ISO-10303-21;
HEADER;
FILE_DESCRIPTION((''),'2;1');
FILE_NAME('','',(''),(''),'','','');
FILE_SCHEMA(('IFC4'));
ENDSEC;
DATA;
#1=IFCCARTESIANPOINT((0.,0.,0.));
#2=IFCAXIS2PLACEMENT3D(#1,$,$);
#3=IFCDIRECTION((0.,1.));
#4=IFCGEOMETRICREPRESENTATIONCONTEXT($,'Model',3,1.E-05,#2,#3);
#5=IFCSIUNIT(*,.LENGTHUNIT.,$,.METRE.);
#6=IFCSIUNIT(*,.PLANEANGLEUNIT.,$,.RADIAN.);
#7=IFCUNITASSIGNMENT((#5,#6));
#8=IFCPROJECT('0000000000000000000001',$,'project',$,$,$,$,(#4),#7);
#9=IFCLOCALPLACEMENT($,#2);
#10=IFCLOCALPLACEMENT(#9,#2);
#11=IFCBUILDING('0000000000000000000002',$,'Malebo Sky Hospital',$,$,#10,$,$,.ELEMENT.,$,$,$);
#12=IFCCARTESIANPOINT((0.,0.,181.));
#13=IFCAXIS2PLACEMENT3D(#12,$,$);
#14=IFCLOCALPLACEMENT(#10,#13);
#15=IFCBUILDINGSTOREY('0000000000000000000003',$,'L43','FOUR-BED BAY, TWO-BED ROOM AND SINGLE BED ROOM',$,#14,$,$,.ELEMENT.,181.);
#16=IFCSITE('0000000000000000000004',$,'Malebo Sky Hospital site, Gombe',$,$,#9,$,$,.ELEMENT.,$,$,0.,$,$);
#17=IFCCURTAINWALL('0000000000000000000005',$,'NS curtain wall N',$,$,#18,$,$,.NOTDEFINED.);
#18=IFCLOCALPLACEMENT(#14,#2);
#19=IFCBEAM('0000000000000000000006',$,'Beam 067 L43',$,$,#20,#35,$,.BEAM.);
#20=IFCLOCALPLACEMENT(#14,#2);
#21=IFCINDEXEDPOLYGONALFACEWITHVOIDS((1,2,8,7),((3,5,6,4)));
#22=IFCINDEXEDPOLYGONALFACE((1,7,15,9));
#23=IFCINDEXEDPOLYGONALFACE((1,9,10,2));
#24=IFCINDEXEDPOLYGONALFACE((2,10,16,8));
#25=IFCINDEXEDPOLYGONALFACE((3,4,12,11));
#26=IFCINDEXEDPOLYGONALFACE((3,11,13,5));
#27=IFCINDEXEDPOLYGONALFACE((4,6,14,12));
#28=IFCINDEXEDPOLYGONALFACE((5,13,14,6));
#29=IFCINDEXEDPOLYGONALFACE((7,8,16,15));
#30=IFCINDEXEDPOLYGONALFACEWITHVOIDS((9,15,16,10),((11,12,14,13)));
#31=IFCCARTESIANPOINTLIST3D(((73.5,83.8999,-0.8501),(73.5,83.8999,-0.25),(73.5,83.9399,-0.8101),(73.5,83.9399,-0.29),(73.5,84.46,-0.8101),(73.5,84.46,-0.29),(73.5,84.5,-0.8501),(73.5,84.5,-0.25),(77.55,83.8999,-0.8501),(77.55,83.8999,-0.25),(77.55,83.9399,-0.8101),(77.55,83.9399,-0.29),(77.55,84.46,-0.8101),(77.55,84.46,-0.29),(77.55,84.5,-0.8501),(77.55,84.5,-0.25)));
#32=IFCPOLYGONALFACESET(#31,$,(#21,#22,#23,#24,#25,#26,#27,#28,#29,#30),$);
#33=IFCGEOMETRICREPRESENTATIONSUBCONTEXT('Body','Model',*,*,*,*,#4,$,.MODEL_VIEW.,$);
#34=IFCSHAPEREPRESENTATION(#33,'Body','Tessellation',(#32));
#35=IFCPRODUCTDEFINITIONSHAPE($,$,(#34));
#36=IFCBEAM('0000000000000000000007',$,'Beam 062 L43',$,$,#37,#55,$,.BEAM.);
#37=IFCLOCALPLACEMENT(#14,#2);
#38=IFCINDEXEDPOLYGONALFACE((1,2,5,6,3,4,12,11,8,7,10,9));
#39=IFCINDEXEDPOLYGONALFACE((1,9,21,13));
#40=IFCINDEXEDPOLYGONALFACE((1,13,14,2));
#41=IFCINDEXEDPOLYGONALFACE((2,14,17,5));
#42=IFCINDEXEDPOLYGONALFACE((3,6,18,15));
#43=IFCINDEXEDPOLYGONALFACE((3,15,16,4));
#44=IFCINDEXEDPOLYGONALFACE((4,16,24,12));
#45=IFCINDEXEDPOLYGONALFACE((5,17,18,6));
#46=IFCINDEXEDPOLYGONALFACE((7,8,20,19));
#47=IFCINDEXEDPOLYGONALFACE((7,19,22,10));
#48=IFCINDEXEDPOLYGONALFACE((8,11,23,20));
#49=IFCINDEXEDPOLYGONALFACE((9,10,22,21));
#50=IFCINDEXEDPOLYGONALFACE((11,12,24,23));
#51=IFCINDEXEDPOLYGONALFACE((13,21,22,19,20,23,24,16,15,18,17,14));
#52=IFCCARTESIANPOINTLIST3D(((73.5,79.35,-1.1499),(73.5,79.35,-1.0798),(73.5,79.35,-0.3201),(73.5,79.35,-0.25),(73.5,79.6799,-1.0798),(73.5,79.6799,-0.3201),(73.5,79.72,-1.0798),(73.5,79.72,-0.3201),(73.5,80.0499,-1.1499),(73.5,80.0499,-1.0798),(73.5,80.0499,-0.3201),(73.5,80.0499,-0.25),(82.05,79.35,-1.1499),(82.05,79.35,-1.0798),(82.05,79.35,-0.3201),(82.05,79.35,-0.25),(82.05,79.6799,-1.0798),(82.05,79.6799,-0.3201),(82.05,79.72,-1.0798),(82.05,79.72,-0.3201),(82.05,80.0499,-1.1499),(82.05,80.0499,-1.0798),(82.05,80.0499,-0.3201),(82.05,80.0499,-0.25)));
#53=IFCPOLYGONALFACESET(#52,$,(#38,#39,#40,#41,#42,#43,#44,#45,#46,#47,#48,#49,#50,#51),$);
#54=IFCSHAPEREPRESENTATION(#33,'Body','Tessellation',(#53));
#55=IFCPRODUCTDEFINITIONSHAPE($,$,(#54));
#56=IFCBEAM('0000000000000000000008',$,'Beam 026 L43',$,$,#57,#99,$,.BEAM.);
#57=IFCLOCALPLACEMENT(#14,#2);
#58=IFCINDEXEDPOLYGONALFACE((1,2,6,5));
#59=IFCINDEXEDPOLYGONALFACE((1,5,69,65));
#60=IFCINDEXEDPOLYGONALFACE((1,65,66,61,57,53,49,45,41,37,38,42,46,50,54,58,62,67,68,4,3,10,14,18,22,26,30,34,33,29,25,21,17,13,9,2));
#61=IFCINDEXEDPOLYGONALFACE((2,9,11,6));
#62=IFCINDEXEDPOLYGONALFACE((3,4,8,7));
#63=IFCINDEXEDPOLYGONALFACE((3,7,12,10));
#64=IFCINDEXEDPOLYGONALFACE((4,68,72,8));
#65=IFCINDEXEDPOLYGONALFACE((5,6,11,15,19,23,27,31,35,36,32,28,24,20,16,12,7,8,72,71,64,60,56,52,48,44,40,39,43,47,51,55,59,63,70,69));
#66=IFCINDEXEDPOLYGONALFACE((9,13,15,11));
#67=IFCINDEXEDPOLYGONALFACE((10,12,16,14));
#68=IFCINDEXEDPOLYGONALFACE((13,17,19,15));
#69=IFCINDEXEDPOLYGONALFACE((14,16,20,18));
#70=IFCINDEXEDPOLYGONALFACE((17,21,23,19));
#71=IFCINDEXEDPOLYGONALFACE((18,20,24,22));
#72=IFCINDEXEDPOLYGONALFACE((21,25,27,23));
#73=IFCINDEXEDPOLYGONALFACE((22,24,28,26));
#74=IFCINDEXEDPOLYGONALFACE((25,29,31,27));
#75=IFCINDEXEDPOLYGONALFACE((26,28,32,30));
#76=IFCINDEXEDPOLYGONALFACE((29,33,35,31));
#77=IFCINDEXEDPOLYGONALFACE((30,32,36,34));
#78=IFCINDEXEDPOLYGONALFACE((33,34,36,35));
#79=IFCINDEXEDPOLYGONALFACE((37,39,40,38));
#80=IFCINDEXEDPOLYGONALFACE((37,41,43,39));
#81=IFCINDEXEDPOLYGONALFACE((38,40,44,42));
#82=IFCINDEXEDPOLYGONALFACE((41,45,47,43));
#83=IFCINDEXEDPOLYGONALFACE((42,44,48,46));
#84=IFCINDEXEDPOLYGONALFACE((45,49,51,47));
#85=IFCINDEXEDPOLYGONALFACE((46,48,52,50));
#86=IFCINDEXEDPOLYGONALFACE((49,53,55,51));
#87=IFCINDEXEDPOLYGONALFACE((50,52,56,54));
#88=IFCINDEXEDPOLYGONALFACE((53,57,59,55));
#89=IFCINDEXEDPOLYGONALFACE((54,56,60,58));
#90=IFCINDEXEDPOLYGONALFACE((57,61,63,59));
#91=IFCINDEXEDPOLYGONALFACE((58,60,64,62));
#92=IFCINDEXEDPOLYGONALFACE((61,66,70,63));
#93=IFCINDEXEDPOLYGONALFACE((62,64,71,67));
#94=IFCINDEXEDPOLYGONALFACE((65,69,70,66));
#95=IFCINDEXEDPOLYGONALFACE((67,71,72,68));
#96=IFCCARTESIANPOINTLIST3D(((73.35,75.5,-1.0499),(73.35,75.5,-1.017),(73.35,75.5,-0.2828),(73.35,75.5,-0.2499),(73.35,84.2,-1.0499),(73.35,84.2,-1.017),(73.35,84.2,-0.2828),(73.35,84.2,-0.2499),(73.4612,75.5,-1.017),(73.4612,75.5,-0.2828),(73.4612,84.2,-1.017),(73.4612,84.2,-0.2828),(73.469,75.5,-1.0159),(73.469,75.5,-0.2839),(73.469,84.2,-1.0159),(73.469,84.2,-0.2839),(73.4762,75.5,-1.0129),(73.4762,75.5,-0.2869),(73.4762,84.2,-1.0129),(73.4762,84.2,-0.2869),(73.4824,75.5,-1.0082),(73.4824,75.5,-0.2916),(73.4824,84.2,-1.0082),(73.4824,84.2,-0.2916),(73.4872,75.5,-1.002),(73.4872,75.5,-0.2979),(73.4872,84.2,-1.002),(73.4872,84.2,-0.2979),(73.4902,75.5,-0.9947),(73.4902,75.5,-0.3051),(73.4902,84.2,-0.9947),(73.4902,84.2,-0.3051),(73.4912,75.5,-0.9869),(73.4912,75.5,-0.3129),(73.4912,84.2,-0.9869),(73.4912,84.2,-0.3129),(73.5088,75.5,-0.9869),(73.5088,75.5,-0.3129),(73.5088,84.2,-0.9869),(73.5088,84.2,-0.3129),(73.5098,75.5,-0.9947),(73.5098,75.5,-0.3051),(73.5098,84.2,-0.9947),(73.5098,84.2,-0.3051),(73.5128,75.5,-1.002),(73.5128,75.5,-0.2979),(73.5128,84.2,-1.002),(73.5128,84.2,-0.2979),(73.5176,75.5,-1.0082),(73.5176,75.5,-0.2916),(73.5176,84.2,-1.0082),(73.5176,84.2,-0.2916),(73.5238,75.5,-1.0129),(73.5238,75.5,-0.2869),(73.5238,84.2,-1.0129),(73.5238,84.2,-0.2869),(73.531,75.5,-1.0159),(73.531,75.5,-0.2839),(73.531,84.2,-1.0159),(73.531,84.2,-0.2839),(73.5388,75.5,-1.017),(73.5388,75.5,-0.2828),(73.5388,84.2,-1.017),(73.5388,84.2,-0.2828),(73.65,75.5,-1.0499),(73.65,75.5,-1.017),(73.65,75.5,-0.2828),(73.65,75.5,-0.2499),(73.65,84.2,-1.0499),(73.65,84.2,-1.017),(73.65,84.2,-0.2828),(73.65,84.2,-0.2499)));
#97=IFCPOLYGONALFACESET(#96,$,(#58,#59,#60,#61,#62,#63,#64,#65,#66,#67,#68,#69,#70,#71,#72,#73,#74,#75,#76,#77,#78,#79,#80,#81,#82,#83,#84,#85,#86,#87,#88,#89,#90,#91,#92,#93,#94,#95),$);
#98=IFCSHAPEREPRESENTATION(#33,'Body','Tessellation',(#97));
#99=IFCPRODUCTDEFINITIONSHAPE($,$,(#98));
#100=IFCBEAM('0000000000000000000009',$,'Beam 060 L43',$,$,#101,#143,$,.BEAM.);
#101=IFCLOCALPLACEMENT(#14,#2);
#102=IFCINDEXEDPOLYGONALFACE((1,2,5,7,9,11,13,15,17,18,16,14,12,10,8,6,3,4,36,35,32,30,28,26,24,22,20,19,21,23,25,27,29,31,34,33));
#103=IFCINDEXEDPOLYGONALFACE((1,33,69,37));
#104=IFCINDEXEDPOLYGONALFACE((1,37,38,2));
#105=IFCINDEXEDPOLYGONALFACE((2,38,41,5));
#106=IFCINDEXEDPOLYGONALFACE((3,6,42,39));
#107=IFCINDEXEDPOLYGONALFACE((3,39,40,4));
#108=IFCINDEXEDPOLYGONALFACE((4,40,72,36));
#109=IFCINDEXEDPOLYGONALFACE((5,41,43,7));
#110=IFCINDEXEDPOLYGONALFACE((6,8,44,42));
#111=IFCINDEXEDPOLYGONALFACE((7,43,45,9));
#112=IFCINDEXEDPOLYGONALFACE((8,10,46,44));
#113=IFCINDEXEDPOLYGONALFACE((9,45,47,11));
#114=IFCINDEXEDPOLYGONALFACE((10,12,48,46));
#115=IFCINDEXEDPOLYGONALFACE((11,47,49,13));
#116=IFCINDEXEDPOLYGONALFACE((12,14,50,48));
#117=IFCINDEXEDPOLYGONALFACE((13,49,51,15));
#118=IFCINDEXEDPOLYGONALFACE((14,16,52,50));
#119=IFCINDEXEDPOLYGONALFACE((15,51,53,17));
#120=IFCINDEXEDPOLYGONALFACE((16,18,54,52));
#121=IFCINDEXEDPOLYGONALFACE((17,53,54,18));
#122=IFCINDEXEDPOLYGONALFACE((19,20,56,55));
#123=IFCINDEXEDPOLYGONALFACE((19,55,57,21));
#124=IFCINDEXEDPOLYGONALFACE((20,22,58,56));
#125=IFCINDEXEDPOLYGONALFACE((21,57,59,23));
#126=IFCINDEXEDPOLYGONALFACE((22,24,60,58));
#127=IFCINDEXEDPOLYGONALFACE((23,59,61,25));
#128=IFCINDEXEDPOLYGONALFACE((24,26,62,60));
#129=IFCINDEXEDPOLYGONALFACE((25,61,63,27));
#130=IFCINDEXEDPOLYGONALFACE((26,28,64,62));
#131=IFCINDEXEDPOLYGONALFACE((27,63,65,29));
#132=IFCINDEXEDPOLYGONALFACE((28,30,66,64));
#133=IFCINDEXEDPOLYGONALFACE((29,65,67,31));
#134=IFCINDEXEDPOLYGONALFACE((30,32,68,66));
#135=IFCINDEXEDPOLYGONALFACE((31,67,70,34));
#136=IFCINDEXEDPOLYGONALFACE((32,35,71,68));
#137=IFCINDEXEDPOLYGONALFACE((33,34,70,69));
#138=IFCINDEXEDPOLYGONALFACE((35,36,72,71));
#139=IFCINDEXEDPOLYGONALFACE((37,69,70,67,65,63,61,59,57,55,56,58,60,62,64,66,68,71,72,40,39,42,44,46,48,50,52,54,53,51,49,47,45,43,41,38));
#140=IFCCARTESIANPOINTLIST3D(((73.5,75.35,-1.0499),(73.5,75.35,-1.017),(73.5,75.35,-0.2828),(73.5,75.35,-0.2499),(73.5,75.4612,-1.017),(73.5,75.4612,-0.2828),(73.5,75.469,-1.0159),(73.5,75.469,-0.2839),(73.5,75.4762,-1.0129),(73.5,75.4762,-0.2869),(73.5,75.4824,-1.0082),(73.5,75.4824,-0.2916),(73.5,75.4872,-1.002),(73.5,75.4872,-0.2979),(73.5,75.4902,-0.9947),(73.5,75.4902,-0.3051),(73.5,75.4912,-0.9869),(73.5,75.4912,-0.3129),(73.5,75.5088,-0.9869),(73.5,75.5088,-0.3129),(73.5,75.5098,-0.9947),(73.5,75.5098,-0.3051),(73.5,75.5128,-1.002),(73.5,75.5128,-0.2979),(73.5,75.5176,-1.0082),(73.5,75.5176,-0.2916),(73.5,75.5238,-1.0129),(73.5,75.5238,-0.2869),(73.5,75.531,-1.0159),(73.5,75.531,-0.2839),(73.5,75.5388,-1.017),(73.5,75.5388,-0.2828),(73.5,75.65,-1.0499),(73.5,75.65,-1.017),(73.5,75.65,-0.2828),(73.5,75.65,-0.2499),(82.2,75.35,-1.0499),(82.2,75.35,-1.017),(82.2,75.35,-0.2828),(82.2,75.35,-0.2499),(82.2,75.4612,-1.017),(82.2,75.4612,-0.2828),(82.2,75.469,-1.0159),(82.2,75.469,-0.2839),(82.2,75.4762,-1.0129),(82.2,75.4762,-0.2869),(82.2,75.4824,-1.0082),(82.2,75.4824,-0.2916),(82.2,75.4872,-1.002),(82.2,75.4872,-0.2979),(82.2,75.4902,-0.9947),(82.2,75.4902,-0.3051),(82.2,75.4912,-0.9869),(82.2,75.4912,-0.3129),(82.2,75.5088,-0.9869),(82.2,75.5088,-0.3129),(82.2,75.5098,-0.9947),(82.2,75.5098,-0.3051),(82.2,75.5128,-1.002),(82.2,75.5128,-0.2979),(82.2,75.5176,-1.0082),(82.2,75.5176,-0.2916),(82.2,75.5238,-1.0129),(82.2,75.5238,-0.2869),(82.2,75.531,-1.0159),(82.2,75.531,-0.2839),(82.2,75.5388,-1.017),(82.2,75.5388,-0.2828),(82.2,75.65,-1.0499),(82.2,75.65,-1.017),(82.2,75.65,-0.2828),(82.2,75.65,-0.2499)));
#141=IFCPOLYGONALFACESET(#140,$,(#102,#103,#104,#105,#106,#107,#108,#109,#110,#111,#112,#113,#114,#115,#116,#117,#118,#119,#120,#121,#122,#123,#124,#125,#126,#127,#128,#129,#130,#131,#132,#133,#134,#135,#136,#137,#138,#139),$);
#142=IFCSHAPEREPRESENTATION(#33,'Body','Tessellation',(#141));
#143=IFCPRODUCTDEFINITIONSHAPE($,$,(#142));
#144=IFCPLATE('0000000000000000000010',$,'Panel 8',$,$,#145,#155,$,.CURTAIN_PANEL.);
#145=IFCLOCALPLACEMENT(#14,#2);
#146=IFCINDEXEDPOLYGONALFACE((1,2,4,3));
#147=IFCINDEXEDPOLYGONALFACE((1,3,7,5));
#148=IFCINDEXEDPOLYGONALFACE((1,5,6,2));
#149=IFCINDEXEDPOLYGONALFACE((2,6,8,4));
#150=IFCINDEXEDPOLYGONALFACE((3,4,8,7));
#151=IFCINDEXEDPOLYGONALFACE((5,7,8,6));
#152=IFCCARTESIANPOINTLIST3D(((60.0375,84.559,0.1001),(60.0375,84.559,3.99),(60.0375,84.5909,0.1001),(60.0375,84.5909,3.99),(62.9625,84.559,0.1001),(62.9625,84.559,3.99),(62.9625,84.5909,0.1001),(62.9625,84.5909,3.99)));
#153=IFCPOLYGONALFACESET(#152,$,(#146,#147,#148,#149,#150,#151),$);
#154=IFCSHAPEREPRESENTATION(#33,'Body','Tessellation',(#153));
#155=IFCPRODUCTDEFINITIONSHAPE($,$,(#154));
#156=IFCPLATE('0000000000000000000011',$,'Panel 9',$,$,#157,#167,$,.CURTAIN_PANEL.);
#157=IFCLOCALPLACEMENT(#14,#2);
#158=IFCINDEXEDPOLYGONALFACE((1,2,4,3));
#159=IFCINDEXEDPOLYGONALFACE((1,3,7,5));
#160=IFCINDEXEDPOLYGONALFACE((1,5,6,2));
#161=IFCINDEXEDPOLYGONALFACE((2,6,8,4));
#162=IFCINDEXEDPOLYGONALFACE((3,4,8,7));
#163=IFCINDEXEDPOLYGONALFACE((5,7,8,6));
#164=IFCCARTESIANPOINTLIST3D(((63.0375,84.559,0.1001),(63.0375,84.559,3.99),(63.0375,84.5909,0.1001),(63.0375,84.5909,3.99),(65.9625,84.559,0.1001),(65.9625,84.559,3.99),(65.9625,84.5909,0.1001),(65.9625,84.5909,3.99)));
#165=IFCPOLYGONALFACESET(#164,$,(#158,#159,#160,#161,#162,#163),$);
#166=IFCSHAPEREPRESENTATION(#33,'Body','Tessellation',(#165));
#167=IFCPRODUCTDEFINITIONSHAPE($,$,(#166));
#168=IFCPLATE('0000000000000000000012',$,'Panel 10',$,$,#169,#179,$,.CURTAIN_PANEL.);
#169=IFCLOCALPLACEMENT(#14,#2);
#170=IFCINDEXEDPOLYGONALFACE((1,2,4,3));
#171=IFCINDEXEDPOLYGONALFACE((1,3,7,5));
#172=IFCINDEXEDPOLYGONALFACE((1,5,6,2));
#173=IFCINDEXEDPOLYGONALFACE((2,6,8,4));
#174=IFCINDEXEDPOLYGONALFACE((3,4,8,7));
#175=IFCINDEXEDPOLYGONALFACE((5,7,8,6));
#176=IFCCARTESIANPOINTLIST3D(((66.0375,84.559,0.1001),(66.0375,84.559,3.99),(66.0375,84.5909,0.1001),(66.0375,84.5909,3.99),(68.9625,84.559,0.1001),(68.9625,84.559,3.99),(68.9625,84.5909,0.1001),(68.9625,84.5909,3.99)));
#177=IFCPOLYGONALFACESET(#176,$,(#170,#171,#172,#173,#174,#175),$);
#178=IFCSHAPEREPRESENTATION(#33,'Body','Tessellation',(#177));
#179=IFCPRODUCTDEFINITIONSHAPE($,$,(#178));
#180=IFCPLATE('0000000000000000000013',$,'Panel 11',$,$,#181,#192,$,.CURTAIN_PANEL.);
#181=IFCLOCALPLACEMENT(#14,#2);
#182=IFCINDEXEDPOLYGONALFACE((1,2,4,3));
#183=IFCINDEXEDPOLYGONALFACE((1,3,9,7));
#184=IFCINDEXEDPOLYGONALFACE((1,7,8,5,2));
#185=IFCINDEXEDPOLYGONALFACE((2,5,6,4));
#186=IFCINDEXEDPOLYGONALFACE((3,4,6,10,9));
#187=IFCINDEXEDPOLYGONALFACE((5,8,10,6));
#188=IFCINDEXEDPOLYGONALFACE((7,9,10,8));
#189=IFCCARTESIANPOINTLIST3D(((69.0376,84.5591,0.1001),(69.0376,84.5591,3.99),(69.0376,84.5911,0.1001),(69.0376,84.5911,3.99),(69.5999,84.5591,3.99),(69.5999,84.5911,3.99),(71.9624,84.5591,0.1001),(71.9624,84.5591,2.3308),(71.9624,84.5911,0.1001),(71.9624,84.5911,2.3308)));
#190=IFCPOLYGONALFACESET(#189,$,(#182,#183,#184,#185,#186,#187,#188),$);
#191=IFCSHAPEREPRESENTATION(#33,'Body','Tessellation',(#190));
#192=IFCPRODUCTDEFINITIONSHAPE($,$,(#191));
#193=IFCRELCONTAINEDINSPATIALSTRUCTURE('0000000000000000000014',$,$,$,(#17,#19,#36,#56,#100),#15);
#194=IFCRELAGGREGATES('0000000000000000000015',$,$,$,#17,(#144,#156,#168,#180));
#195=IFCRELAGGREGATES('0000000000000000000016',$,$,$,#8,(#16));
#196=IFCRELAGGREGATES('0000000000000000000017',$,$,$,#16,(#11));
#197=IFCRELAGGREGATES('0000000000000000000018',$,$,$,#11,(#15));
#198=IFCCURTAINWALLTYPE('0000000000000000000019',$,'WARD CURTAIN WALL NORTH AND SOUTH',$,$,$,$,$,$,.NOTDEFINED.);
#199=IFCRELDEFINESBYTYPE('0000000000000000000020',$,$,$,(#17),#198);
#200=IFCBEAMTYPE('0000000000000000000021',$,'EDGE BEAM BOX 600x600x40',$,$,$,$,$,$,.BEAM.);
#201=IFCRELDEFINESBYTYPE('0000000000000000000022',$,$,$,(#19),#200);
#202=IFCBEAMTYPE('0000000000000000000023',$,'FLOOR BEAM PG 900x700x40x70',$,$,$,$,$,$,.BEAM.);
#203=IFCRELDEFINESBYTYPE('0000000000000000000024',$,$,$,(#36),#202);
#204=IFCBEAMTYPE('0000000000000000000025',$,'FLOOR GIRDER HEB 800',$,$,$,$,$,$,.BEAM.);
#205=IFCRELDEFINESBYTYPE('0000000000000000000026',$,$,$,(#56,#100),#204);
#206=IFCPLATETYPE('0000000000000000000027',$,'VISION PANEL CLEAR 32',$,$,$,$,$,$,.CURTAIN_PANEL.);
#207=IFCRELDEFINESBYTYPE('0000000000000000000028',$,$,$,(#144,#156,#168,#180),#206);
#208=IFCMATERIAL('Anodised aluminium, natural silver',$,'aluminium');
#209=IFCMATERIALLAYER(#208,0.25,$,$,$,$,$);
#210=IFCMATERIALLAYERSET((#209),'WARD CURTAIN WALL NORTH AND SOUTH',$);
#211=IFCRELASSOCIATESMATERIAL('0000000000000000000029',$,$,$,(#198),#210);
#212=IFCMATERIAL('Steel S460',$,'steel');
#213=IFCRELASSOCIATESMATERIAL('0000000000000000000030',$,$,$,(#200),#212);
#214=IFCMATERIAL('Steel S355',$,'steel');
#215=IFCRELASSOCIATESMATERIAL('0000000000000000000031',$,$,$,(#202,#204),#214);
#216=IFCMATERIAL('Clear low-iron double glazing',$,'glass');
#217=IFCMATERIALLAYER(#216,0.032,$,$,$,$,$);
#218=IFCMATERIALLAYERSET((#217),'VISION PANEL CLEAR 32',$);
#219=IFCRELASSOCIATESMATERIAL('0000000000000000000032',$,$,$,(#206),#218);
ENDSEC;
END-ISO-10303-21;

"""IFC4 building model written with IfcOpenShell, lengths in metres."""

from ifc_helpers import new_model, si_unit, direction, frame, origin, origin_2d, place, context, subcontext, project, spatial, polyline, rectangle, hollow_rectangle, i_section, outline, extrude, material, layer, layer_set, material_profile, profile_set, type_object, element, aggregate, save


model = new_model("IFC4")

# Units and contexts
model_context = context("Model", 3, precision=1e-05, world=origin(), true_north=direction((0.0, 1.0)))
body_context = subcontext(model_context, "Body", "Model", "MODEL_VIEW")
ifc_project = project(units=[si_unit("LENGTHUNIT", "METRE"), si_unit("PLANEANGLEUNIT", "RADIAN")], contexts=[model_context])

# Site, building, storey
site_placement = place(None, origin())
site = spatial("IfcSite", under=ifc_project, at=site_placement, Name="Malebo Sky Hospital site, Gombe", CompositionType="ELEMENT", RefElevation=0.0)
building_placement = place(site_placement, origin())
building = spatial("IfcBuilding", under=site, at=building_placement, Name="Malebo Sky Hospital", CompositionType="ELEMENT")
storey_placement = place(building_placement, frame((0.0, 0.0, 181.0)))
storey = spatial("IfcBuildingStorey", under=building, at=storey_placement, Name="L43", Description="FOUR-BED BAY, TWO-BED ROOM AND SINGLE BED ROOM", CompositionType="ELEMENT", Elevation=181.0)

# Shared definitions
ifc_material_1 = material(Name="Steel S460", Category="steel")

# Curtain wall
ifc_material_2 = material(Name="Anodised aluminium, natural silver", Category="aluminium")
ifc_layer_1 = layer(ifc_material_2, 0.25)
ifc_layer_set_1 = layer_set([ifc_layer_1], Name="WARD CURTAIN WALL NORTH AND SOUTH")
curtain_wall_type = type_object("IfcCurtainWallType", Name="WARD CURTAIN WALL NORTH AND SOUTH", PredefinedType="NOTDEFINED", material=ifc_layer_set_1)
curtain_wall_placement = place(storey_placement, origin())
curtain_wall = element("IfcCurtainWall", 1, at=curtain_wall_placement, inside=storey, type_object=curtain_wall_type, Name="NS curtain wall N", PredefinedType="NOTDEFINED")

# Beams
ifc_material_profile_1 = material_profile(ifc_material_1, hollow_rectangle(XDim=0.6001, YDim=0.6001, WallThickness=0.04, at=origin_2d()), Name="BOX 600x600x40")
ifc_profile_set_1 = profile_set([ifc_material_profile_1], Name="Steel S460")
beam_type_1 = type_object("IfcBeamType", Name="EDGE BEAM BOX 600x600x40", PredefinedType="BEAM", material=ifc_profile_set_1)
beam_1_placement = place(storey_placement, frame((73.5, 84.2, -0.55), z_axis=(1.0, 0.0, 0.0), x_axis=(0.0, 1.0, 0.0)))
element("IfcBeam", 2, at=beam_1_placement, inside=storey, type_object=beam_type_1, Name="Beam 067 L43", PredefinedType="BEAM", context=body_context, shape_type="SweptSolid", body=[
    extrude(hollow_rectangle(XDim=0.6001, YDim=0.6001, WallThickness=0.04, at=origin_2d()), origin(), (0.0, 0.0, 1.0), 4.05),
])
ifc_material_3 = material(Name="Steel S355", Category="steel")
ifc_material_profile_2 = material_profile(ifc_material_3, i_section(OverallWidth=0.7, OverallDepth=0.8999, WebThickness=0.04, FlangeThickness=0.0701, at=origin_2d()), Name="PG 900x700x40x70")
ifc_profile_set_2 = profile_set([ifc_material_profile_2], Name="Steel S355")
beam_type_2 = type_object("IfcBeamType", Name="FLOOR BEAM PG 900x700x40x70", PredefinedType="BEAM", material=ifc_profile_set_2)
beam_2_placement = place(storey_placement, frame((73.5, 79.7, -0.7), z_axis=(1.0, 0.0, 0.0), x_axis=(0.0, 1.0, 0.0)))
element("IfcBeam", 3, at=beam_2_placement, inside=storey, type_object=beam_type_2, Name="Beam 062 L43", PredefinedType="BEAM", context=body_context, shape_type="SweptSolid", body=[
    extrude(i_section(OverallWidth=0.7, OverallDepth=0.8999, WebThickness=0.04, FlangeThickness=0.0701, at=origin_2d()), origin(), (0.0, 0.0, 1.0), 8.55),
])
ifc_material_profile_3 = material_profile(ifc_material_3, i_section(OverallWidth=0.3, OverallDepth=0.8, WebThickness=0.0176, FlangeThickness=0.033, FilletRadius=0.03, at=origin_2d()), Name="HEB 800")
ifc_profile_set_3 = profile_set([ifc_material_profile_3], Name="Steel S355")
beam_type_3 = type_object("IfcBeamType", Name="FLOOR GIRDER HEB 800", PredefinedType="BEAM", material=ifc_profile_set_3)
for number, where, z_axis, x_axis, name in (
    (4, (73.5, 75.5, -0.6499), (0.0, 1.0, 0.0), (-1.0, 0.0, 0.0), "Beam 026 L43"),
    (5, (73.5, 75.5, -0.6499), (1.0, 0.0, 0.0), (0.0, 1.0, 0.0), "Beam 060 L43"),
):
    element("IfcBeam", number, at=place(storey_placement, frame(where, z_axis=z_axis, x_axis=x_axis)), inside=storey, type_object=beam_type_3, Name=name, PredefinedType="BEAM", context=body_context, shape_type="SweptSolid", body=[
        extrude(i_section(OverallWidth=0.3, OverallDepth=0.8, WebThickness=0.0176, FlangeThickness=0.033, FilletRadius=0.03, at=origin_2d()), origin(), (0.0, 0.0, 1.0), 8.7),
    ])

# Plates
ifc_material_4 = material(Name="Clear low-iron double glazing", Category="glass")
ifc_layer_2 = layer(ifc_material_4, 0.032)
ifc_layer_set_2 = layer_set([ifc_layer_2], Name="VISION PANEL CLEAR 32")
plate_type = type_object("IfcPlateType", Name="VISION PANEL CLEAR 32", PredefinedType="CURTAIN_PANEL", material=ifc_layer_set_2)
plate_1_placement = place(storey_placement, frame((61.5, 84.575, 0.1001), z_axis=(0.0, 0.0, 1.0), x_axis=(1.0, 0.0, 0.0)))
plate_1 = element("IfcPlate", 6, at=plate_1_placement, type_object=plate_type, Name="Panel 8", PredefinedType="CURTAIN_PANEL", context=body_context, shape_type="SweptSolid", body=[
    extrude(rectangle(XDim=2.925, YDim=0.032, at=origin_2d()), origin(), (0.0, 0.0, 1.0), 3.8899),
])
plate_2_placement = place(storey_placement, frame((64.5, 84.575, 0.1001), z_axis=(0.0, 0.0, 1.0), x_axis=(1.0, 0.0, 0.0)))
plate_2 = element("IfcPlate", 7, at=plate_2_placement, type_object=plate_type, Name="Panel 9", PredefinedType="CURTAIN_PANEL", context=body_context, shape_type="SweptSolid", body=[
    extrude(rectangle(XDim=2.925, YDim=0.032, at=origin_2d()), origin(), (0.0, 0.0, 1.0), 3.8899),
])
plate_3_placement = place(storey_placement, frame((67.5, 84.575, 0.1001), z_axis=(0.0, 0.0, 1.0), x_axis=(1.0, 0.0, 0.0)))
plate_3 = element("IfcPlate", 8, at=plate_3_placement, type_object=plate_type, Name="Panel 10", PredefinedType="CURTAIN_PANEL", context=body_context, shape_type="SweptSolid", body=[
    extrude(rectangle(XDim=2.925, YDim=0.032, at=origin_2d()), origin(), (0.0, 0.0, 1.0), 3.8899),
])
plate_4_placement = place(storey_placement, frame((70.5, 84.575, 0.1001), z_axis=(0.0, 0.0, 1.0), x_axis=(1.0, 0.0, 0.0)))
plate_4 = element("IfcPlate", 9, at=plate_4_placement, type_object=plate_type, Name="Panel 11", PredefinedType="CURTAIN_PANEL", context=body_context, shape_type="SweptSolid", body=[
    extrude(outline(polyline([(-1.4624, 0.0), (1.4624, 0.0), (1.4624, 2.2307), (-0.9001, 3.8899), (-1.4624, 3.8899), (-1.4624, 0.0)])), frame((0.0, 0.0161, 0.0), z_axis=(0.0, -1.0, 0.0), x_axis=(1.0, 0.0, 0.0)), (0.0, 0.0, 1.0), 0.032),
])
aggregate(curtain_wall, [plate_1, plate_2, plate_3, plate_4])

save(model, "model.ifc")
